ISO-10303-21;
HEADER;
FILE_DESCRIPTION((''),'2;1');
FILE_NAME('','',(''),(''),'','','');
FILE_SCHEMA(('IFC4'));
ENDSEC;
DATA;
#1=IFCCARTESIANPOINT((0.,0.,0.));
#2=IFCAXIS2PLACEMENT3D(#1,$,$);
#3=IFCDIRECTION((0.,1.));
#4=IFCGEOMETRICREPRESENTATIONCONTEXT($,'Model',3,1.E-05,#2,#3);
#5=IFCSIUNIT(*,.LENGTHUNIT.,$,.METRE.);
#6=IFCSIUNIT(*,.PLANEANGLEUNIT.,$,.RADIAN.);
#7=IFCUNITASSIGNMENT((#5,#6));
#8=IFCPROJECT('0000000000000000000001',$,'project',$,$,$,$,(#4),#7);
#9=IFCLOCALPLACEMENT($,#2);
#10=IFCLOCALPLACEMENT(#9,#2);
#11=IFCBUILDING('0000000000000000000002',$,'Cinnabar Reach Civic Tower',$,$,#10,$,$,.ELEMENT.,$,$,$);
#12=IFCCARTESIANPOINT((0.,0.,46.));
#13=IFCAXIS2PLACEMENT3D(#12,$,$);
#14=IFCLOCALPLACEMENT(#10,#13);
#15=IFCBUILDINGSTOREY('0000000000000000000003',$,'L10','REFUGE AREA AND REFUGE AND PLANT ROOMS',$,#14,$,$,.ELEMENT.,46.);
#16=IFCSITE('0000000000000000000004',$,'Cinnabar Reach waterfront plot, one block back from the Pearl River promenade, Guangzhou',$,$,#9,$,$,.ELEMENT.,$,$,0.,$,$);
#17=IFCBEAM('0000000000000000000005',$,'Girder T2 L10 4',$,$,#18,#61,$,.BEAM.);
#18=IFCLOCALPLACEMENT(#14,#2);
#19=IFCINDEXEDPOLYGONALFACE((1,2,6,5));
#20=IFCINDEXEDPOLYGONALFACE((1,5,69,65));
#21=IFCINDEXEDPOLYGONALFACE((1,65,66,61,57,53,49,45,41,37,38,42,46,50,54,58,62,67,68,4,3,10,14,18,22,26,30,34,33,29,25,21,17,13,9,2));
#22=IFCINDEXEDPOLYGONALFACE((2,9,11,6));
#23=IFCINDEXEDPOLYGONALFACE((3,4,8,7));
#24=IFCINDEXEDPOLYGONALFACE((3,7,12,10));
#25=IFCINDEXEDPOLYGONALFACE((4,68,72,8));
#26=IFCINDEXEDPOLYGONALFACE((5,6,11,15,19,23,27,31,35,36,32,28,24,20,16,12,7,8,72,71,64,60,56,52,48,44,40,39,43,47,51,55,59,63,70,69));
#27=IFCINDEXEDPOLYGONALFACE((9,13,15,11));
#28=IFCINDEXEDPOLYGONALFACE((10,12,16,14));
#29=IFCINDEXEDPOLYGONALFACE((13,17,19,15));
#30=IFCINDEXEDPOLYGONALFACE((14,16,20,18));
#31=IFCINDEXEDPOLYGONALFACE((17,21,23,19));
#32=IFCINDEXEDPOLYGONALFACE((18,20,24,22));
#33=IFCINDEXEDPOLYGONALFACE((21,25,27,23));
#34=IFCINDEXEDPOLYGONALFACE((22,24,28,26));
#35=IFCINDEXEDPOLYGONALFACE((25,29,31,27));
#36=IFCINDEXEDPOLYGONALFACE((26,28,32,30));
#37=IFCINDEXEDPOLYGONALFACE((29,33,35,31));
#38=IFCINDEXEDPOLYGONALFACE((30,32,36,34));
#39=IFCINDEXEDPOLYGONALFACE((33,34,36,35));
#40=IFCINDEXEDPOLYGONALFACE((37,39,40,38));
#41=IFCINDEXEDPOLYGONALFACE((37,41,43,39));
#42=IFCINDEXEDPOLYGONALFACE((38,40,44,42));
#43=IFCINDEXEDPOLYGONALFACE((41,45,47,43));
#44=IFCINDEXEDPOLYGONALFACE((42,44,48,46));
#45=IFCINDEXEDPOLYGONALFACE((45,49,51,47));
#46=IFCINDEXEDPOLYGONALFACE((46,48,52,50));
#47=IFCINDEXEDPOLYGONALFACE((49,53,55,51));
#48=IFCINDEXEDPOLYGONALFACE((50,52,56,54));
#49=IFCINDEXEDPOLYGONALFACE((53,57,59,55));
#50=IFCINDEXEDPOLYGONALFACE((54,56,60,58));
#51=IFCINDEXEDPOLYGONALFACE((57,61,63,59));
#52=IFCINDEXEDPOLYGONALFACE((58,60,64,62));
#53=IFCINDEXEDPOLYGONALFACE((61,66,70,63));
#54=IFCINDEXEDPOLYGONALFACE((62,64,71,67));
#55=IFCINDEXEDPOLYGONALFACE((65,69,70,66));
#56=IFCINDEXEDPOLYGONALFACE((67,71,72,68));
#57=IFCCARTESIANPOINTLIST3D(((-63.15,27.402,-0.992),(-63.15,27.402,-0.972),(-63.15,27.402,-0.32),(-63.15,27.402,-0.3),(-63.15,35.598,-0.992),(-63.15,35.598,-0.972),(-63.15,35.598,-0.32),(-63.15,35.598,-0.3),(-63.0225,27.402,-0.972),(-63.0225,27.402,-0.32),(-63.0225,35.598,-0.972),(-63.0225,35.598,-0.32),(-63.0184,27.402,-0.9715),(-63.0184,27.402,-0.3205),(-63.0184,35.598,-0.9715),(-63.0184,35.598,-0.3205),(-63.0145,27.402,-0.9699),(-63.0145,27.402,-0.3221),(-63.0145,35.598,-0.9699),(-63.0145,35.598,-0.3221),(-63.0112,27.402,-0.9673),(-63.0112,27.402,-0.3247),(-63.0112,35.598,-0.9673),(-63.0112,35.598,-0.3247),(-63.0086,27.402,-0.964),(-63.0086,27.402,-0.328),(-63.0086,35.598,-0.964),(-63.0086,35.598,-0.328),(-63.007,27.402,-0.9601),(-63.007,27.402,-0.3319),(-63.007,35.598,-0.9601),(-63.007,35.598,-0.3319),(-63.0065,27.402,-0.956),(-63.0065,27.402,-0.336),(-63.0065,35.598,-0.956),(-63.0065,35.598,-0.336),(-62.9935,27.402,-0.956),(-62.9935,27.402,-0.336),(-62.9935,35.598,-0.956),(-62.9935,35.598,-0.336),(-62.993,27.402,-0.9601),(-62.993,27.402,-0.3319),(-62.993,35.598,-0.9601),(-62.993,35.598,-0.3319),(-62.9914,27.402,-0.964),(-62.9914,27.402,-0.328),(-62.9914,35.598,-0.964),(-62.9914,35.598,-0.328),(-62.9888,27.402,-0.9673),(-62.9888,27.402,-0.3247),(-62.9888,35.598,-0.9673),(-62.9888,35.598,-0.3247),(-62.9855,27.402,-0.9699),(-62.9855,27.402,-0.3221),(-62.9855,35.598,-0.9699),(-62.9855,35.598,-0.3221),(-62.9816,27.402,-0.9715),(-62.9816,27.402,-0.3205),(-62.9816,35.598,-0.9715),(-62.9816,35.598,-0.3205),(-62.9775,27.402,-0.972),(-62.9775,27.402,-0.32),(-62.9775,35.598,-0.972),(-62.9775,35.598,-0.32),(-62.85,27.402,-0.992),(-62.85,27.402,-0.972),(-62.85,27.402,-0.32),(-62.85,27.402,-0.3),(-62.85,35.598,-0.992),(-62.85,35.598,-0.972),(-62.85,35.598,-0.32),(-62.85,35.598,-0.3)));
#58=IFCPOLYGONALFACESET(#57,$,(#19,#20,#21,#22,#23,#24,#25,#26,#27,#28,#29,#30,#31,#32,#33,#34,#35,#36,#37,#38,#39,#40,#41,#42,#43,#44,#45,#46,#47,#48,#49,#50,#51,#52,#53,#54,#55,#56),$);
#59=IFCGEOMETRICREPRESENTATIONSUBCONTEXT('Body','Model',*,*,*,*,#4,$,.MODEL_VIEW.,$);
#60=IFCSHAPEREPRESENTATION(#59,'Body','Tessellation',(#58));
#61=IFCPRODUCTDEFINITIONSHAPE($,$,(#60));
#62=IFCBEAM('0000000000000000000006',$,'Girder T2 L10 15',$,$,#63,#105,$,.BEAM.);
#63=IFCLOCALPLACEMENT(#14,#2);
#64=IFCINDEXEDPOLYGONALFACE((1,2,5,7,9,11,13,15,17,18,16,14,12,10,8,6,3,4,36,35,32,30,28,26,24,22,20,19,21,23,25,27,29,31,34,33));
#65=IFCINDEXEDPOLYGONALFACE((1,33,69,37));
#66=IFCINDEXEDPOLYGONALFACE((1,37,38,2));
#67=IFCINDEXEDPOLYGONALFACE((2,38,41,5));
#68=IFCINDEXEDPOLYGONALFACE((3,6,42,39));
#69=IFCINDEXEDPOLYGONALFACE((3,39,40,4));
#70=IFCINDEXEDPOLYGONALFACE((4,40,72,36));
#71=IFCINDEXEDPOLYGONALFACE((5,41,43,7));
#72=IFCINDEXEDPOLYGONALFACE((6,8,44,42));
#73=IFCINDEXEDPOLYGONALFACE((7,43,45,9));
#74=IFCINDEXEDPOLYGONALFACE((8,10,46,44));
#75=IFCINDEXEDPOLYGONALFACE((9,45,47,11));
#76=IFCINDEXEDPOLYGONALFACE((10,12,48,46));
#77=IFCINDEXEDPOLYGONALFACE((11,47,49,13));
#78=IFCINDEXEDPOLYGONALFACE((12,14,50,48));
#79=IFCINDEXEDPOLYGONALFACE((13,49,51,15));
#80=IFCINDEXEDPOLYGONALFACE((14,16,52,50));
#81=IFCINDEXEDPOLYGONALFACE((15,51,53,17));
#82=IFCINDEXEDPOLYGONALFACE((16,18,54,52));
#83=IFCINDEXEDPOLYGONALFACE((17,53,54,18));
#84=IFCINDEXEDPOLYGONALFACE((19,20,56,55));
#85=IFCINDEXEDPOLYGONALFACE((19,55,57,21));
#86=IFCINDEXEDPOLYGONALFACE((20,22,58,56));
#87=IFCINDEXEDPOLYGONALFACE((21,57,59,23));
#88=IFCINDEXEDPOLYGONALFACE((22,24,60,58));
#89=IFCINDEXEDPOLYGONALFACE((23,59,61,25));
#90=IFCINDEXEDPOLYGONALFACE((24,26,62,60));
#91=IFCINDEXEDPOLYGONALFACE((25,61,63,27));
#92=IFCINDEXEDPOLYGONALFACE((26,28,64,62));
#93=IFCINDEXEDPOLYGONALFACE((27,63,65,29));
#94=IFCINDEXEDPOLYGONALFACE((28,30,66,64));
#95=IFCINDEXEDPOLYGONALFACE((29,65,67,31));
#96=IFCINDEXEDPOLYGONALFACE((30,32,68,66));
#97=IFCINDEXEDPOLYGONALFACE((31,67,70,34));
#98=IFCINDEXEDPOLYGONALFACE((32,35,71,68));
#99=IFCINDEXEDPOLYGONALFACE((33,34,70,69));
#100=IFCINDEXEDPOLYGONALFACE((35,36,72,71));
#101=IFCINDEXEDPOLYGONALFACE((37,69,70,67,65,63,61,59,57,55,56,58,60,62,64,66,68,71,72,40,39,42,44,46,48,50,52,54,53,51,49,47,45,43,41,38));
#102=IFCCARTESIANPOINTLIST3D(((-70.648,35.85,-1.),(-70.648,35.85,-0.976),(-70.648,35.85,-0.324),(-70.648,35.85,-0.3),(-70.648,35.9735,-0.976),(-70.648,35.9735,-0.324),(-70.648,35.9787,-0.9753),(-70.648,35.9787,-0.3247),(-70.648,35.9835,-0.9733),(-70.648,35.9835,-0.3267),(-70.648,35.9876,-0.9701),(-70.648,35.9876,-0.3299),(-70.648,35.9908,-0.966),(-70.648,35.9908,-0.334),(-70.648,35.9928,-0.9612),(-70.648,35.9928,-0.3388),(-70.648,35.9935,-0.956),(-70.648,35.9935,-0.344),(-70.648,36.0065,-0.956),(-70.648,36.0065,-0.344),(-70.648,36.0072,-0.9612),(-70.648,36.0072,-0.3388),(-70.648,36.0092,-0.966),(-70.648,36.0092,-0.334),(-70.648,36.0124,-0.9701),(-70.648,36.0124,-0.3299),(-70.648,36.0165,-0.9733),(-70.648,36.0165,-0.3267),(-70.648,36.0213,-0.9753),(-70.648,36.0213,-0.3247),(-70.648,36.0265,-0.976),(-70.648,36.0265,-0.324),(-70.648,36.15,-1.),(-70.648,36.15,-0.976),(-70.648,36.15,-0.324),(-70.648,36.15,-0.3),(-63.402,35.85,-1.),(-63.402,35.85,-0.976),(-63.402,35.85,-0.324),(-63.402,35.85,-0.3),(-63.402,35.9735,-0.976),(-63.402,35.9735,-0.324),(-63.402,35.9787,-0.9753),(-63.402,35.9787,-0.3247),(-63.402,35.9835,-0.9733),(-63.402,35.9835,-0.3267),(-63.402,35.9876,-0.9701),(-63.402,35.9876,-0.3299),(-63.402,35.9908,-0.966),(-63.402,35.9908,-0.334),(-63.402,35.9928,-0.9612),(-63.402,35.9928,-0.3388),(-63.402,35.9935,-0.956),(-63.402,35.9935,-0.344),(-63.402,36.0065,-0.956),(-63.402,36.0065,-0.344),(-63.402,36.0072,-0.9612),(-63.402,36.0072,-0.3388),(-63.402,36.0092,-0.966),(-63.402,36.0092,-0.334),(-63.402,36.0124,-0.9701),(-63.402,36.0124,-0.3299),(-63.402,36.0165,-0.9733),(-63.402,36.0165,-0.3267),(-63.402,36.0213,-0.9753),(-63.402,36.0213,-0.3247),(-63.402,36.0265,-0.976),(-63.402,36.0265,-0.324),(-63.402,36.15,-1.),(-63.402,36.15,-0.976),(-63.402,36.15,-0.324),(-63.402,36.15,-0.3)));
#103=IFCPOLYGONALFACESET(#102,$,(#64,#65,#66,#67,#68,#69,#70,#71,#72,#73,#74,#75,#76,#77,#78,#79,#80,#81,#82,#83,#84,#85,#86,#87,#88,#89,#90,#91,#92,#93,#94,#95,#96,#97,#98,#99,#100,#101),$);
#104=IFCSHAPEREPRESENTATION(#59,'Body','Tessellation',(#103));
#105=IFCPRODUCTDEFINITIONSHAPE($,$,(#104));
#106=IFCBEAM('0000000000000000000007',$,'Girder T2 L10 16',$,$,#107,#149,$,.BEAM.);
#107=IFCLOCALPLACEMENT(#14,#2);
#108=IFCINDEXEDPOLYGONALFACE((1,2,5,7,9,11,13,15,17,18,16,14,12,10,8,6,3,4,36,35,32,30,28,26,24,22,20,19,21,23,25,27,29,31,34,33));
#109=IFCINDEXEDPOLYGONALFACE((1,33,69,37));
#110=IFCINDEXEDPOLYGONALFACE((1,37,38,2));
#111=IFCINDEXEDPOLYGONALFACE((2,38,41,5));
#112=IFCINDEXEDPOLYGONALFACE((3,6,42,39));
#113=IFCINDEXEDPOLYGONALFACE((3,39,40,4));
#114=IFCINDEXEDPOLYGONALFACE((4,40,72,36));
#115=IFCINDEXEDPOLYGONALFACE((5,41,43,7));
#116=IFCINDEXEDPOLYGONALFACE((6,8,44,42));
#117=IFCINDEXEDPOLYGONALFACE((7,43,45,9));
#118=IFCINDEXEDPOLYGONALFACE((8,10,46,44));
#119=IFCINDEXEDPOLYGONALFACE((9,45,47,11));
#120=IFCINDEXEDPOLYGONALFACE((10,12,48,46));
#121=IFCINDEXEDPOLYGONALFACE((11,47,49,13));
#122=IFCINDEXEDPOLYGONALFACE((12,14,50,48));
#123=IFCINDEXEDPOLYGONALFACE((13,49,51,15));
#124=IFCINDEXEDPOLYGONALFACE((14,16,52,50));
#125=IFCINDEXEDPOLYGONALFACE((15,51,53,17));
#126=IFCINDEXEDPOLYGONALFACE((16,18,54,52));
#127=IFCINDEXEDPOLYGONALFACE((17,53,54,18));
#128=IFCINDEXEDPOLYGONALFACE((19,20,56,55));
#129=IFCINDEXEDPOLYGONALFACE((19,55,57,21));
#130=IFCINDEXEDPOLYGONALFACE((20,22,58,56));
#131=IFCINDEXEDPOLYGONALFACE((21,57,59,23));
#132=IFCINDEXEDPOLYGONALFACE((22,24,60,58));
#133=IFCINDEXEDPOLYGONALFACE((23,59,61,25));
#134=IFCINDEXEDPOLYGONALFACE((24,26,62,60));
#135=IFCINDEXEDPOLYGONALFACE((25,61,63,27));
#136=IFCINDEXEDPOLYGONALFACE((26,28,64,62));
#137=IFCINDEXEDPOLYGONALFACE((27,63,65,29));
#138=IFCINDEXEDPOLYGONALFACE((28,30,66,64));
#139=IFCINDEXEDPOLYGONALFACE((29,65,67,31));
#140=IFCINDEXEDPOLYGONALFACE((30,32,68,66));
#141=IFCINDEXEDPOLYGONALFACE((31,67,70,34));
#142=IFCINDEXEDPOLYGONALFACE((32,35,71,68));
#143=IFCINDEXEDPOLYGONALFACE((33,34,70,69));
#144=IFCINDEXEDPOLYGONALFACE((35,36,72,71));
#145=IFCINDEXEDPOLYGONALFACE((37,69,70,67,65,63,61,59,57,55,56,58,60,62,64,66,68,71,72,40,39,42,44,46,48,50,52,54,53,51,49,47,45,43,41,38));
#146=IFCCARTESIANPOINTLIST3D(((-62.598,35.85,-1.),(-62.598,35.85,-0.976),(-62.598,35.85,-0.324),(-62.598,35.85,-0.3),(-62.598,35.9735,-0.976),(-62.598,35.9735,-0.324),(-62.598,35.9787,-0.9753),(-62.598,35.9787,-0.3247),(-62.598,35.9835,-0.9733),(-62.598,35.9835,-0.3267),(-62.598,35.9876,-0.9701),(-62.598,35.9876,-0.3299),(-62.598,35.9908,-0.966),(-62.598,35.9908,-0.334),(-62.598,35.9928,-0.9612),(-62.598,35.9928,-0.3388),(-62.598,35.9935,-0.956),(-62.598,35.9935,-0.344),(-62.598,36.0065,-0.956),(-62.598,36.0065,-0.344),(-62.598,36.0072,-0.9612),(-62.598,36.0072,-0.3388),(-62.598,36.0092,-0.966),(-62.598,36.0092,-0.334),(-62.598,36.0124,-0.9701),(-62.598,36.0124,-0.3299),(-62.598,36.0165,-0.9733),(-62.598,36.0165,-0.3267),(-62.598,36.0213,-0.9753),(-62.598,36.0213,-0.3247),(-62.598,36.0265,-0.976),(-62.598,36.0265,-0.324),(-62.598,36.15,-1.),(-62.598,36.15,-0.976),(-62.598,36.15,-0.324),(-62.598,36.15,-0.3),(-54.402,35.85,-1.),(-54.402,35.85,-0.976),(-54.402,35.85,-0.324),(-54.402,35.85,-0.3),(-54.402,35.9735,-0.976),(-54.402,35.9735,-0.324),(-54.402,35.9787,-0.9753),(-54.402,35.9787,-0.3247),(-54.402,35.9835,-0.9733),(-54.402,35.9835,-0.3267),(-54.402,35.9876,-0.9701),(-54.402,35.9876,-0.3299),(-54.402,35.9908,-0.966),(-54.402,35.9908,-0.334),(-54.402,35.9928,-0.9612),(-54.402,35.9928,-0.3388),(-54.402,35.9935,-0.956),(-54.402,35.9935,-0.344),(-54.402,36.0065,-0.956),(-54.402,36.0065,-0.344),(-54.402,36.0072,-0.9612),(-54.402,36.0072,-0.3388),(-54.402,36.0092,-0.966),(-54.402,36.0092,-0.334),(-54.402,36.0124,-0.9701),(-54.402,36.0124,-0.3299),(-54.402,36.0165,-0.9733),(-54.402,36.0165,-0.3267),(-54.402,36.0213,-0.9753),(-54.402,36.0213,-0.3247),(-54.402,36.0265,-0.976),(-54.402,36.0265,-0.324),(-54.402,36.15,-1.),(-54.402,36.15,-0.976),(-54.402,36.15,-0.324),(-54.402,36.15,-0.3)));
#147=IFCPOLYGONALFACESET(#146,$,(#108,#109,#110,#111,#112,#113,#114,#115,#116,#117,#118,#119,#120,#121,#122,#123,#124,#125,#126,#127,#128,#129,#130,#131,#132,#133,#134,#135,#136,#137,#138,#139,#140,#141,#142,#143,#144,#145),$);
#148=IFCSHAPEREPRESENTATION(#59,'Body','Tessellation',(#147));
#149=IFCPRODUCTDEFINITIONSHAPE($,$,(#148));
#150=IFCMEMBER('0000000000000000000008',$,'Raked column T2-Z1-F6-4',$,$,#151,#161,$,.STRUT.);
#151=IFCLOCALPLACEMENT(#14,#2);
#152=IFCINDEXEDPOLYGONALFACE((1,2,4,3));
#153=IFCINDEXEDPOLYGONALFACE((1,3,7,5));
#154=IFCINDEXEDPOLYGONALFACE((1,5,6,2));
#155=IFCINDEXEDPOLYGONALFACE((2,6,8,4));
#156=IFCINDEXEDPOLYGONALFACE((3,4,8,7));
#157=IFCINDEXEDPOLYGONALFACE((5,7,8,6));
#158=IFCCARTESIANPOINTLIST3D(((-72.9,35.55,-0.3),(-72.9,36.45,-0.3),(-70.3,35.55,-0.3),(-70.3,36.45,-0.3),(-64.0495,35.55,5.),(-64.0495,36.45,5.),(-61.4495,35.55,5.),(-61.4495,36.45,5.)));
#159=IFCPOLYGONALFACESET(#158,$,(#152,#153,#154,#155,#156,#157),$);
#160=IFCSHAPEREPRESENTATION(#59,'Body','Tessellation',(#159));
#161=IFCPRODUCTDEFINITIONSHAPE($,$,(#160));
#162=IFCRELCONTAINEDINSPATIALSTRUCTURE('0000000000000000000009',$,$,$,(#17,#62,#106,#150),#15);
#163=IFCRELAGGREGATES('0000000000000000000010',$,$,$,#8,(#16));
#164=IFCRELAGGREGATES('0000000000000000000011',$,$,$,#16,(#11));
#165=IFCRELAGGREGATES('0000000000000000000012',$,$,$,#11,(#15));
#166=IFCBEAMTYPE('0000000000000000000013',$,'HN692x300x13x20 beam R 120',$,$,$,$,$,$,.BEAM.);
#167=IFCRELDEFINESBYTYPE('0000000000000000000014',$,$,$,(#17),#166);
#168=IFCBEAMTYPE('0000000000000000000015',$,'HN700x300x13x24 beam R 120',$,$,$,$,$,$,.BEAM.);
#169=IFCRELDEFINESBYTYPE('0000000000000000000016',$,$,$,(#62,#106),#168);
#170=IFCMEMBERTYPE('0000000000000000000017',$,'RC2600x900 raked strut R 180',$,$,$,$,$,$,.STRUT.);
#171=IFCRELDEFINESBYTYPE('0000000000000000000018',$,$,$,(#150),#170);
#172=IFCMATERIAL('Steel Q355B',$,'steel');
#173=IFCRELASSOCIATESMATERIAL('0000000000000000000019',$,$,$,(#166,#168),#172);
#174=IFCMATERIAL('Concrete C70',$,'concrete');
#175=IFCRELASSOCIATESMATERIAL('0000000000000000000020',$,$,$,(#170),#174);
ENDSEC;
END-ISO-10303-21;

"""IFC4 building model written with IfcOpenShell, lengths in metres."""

from ifc_helpers import new_model, si_unit, direction, frame, origin, origin_2d, place, context, subcontext, project, spatial, rectangle, i_section, extrude, material, material_profile, profile_set, type_object, element, save


model = new_model("IFC4")

# Units and contexts
model_context = context("Model", 3, precision=1e-05, world=origin(), true_north=direction((0.0, 1.0)))
body_context = subcontext(model_context, "Body", "Model", "MODEL_VIEW")
ifc_project = project(units=[si_unit("LENGTHUNIT", "METRE"), si_unit("PLANEANGLEUNIT", "RADIAN")], contexts=[model_context])

# Site, building, storey
site_placement = place(None, origin())
site = spatial("IfcSite", under=ifc_project, at=site_placement, Name="Cinnabar Reach waterfront plot, one block back from the Pearl River promenade, Guangzhou", CompositionType="ELEMENT", RefElevation=0.0)
building_placement = place(site_placement, origin())
building = spatial("IfcBuilding", under=site, at=building_placement, Name="Cinnabar Reach Civic Tower", CompositionType="ELEMENT")
storey_placement = place(building_placement, frame((0.0, 0.0, 46.0)))
storey = spatial("IfcBuildingStorey", under=building, at=storey_placement, Name="L10", Description="REFUGE AREA AND REFUGE AND PLANT ROOMS", CompositionType="ELEMENT", Elevation=46.0)

# Shared definitions
ifc_material_1 = material(Name="Concrete C70", Category="concrete")

# Beams
ifc_material_2 = material(Name="Steel Q355B", Category="steel")
ifc_material_profile_1 = material_profile(ifc_material_2, i_section(OverallWidth=0.3, OverallDepth=0.692, WebThickness=0.013, FlangeThickness=0.02, FilletRadius=0.016, at=origin_2d()), Name="HN692x300x13x20")
ifc_profile_set_1 = profile_set([ifc_material_profile_1], Name="Steel Q355B")
beam_type_1 = type_object("IfcBeamType", Name="HN692x300x13x20 beam R 120", PredefinedType="BEAM", material=ifc_profile_set_1)
beam_1_placement = place(storey_placement, frame((-63.0, 27.402, -0.646), z_axis=(0.0, 1.0, 0.0), x_axis=(-1.0, 0.0, 0.0)))
element("IfcBeam", 1, at=beam_1_placement, inside=storey, type_object=beam_type_1, Name="Girder T2 L10 4", PredefinedType="BEAM", context=body_context, shape_type="SweptSolid", body=[
    extrude(i_section(OverallWidth=0.3, OverallDepth=0.692, WebThickness=0.013, FlangeThickness=0.02, FilletRadius=0.016, at=origin_2d()), origin(), (0.0, 0.0, 1.0), 8.196),
])
ifc_material_profile_2 = material_profile(ifc_material_2, i_section(OverallWidth=0.3, OverallDepth=0.7, WebThickness=0.013, FlangeThickness=0.024, FilletRadius=0.02, at=origin_2d()), Name="HN700x300x13x24")
ifc_profile_set_2 = profile_set([ifc_material_profile_2], Name="Steel Q355B")
beam_type_2 = type_object("IfcBeamType", Name="HN700x300x13x24 beam R 120", PredefinedType="BEAM", material=ifc_profile_set_2)
beam_2_placement = place(storey_placement, frame((-70.648, 36.0, -0.65), z_axis=(1.0, 0.0, 0.0), x_axis=(0.0, 1.0, 0.0)))
element("IfcBeam", 2, at=beam_2_placement, inside=storey, type_object=beam_type_2, Name="Girder T2 L10 15", PredefinedType="BEAM", context=body_context, shape_type="SweptSolid", body=[
    extrude(i_section(OverallWidth=0.3, OverallDepth=0.7, WebThickness=0.013, FlangeThickness=0.024, FilletRadius=0.02, at=origin_2d()), origin(), (0.0, 0.0, 1.0), 7.246),
])
beam_3_placement = place(storey_placement, frame((-62.598, 36.0, -0.65), z_axis=(1.0, 0.0, 0.0), x_axis=(0.0, 1.0, 0.0)))
element("IfcBeam", 3, at=beam_3_placement, inside=storey, type_object=beam_type_2, Name="Girder T2 L10 16", PredefinedType="BEAM", context=body_context, shape_type="SweptSolid", body=[
    extrude(i_section(OverallWidth=0.3, OverallDepth=0.7, WebThickness=0.013, FlangeThickness=0.024, FilletRadius=0.02, at=origin_2d()), origin(), (0.0, 0.0, 1.0), 8.196),
])

# Member
ifc_material_profile_3 = material_profile(ifc_material_1, rectangle(XDim=2.6, YDim=0.9, at=origin_2d()), Name="RC2600x900")
ifc_profile_set_3 = profile_set([ifc_material_profile_3], Name="Concrete C70")
member_type = type_object("IfcMemberType", Name="RC2600x900 raked strut R 180", PredefinedType="STRUT", material=ifc_profile_set_3)
member_placement = place(storey_placement, frame((-71.6, 36.0, -0.3), z_axis=(0.0, 0.0, 1.0), x_axis=(1.0, 0.0, 0.0)))
element("IfcMember", 4, at=member_placement, inside=storey, type_object=member_type, Name="Raked column T2-Z1-F6-4", PredefinedType="STRUT", context=body_context, shape_type="SweptSolid", body=[
    extrude(rectangle(XDim=2.6, YDim=0.9, at=origin_2d()), origin(), (0.857933, 0.0, 0.513761), 10.3161),
])

save(model, "model.ifc")
